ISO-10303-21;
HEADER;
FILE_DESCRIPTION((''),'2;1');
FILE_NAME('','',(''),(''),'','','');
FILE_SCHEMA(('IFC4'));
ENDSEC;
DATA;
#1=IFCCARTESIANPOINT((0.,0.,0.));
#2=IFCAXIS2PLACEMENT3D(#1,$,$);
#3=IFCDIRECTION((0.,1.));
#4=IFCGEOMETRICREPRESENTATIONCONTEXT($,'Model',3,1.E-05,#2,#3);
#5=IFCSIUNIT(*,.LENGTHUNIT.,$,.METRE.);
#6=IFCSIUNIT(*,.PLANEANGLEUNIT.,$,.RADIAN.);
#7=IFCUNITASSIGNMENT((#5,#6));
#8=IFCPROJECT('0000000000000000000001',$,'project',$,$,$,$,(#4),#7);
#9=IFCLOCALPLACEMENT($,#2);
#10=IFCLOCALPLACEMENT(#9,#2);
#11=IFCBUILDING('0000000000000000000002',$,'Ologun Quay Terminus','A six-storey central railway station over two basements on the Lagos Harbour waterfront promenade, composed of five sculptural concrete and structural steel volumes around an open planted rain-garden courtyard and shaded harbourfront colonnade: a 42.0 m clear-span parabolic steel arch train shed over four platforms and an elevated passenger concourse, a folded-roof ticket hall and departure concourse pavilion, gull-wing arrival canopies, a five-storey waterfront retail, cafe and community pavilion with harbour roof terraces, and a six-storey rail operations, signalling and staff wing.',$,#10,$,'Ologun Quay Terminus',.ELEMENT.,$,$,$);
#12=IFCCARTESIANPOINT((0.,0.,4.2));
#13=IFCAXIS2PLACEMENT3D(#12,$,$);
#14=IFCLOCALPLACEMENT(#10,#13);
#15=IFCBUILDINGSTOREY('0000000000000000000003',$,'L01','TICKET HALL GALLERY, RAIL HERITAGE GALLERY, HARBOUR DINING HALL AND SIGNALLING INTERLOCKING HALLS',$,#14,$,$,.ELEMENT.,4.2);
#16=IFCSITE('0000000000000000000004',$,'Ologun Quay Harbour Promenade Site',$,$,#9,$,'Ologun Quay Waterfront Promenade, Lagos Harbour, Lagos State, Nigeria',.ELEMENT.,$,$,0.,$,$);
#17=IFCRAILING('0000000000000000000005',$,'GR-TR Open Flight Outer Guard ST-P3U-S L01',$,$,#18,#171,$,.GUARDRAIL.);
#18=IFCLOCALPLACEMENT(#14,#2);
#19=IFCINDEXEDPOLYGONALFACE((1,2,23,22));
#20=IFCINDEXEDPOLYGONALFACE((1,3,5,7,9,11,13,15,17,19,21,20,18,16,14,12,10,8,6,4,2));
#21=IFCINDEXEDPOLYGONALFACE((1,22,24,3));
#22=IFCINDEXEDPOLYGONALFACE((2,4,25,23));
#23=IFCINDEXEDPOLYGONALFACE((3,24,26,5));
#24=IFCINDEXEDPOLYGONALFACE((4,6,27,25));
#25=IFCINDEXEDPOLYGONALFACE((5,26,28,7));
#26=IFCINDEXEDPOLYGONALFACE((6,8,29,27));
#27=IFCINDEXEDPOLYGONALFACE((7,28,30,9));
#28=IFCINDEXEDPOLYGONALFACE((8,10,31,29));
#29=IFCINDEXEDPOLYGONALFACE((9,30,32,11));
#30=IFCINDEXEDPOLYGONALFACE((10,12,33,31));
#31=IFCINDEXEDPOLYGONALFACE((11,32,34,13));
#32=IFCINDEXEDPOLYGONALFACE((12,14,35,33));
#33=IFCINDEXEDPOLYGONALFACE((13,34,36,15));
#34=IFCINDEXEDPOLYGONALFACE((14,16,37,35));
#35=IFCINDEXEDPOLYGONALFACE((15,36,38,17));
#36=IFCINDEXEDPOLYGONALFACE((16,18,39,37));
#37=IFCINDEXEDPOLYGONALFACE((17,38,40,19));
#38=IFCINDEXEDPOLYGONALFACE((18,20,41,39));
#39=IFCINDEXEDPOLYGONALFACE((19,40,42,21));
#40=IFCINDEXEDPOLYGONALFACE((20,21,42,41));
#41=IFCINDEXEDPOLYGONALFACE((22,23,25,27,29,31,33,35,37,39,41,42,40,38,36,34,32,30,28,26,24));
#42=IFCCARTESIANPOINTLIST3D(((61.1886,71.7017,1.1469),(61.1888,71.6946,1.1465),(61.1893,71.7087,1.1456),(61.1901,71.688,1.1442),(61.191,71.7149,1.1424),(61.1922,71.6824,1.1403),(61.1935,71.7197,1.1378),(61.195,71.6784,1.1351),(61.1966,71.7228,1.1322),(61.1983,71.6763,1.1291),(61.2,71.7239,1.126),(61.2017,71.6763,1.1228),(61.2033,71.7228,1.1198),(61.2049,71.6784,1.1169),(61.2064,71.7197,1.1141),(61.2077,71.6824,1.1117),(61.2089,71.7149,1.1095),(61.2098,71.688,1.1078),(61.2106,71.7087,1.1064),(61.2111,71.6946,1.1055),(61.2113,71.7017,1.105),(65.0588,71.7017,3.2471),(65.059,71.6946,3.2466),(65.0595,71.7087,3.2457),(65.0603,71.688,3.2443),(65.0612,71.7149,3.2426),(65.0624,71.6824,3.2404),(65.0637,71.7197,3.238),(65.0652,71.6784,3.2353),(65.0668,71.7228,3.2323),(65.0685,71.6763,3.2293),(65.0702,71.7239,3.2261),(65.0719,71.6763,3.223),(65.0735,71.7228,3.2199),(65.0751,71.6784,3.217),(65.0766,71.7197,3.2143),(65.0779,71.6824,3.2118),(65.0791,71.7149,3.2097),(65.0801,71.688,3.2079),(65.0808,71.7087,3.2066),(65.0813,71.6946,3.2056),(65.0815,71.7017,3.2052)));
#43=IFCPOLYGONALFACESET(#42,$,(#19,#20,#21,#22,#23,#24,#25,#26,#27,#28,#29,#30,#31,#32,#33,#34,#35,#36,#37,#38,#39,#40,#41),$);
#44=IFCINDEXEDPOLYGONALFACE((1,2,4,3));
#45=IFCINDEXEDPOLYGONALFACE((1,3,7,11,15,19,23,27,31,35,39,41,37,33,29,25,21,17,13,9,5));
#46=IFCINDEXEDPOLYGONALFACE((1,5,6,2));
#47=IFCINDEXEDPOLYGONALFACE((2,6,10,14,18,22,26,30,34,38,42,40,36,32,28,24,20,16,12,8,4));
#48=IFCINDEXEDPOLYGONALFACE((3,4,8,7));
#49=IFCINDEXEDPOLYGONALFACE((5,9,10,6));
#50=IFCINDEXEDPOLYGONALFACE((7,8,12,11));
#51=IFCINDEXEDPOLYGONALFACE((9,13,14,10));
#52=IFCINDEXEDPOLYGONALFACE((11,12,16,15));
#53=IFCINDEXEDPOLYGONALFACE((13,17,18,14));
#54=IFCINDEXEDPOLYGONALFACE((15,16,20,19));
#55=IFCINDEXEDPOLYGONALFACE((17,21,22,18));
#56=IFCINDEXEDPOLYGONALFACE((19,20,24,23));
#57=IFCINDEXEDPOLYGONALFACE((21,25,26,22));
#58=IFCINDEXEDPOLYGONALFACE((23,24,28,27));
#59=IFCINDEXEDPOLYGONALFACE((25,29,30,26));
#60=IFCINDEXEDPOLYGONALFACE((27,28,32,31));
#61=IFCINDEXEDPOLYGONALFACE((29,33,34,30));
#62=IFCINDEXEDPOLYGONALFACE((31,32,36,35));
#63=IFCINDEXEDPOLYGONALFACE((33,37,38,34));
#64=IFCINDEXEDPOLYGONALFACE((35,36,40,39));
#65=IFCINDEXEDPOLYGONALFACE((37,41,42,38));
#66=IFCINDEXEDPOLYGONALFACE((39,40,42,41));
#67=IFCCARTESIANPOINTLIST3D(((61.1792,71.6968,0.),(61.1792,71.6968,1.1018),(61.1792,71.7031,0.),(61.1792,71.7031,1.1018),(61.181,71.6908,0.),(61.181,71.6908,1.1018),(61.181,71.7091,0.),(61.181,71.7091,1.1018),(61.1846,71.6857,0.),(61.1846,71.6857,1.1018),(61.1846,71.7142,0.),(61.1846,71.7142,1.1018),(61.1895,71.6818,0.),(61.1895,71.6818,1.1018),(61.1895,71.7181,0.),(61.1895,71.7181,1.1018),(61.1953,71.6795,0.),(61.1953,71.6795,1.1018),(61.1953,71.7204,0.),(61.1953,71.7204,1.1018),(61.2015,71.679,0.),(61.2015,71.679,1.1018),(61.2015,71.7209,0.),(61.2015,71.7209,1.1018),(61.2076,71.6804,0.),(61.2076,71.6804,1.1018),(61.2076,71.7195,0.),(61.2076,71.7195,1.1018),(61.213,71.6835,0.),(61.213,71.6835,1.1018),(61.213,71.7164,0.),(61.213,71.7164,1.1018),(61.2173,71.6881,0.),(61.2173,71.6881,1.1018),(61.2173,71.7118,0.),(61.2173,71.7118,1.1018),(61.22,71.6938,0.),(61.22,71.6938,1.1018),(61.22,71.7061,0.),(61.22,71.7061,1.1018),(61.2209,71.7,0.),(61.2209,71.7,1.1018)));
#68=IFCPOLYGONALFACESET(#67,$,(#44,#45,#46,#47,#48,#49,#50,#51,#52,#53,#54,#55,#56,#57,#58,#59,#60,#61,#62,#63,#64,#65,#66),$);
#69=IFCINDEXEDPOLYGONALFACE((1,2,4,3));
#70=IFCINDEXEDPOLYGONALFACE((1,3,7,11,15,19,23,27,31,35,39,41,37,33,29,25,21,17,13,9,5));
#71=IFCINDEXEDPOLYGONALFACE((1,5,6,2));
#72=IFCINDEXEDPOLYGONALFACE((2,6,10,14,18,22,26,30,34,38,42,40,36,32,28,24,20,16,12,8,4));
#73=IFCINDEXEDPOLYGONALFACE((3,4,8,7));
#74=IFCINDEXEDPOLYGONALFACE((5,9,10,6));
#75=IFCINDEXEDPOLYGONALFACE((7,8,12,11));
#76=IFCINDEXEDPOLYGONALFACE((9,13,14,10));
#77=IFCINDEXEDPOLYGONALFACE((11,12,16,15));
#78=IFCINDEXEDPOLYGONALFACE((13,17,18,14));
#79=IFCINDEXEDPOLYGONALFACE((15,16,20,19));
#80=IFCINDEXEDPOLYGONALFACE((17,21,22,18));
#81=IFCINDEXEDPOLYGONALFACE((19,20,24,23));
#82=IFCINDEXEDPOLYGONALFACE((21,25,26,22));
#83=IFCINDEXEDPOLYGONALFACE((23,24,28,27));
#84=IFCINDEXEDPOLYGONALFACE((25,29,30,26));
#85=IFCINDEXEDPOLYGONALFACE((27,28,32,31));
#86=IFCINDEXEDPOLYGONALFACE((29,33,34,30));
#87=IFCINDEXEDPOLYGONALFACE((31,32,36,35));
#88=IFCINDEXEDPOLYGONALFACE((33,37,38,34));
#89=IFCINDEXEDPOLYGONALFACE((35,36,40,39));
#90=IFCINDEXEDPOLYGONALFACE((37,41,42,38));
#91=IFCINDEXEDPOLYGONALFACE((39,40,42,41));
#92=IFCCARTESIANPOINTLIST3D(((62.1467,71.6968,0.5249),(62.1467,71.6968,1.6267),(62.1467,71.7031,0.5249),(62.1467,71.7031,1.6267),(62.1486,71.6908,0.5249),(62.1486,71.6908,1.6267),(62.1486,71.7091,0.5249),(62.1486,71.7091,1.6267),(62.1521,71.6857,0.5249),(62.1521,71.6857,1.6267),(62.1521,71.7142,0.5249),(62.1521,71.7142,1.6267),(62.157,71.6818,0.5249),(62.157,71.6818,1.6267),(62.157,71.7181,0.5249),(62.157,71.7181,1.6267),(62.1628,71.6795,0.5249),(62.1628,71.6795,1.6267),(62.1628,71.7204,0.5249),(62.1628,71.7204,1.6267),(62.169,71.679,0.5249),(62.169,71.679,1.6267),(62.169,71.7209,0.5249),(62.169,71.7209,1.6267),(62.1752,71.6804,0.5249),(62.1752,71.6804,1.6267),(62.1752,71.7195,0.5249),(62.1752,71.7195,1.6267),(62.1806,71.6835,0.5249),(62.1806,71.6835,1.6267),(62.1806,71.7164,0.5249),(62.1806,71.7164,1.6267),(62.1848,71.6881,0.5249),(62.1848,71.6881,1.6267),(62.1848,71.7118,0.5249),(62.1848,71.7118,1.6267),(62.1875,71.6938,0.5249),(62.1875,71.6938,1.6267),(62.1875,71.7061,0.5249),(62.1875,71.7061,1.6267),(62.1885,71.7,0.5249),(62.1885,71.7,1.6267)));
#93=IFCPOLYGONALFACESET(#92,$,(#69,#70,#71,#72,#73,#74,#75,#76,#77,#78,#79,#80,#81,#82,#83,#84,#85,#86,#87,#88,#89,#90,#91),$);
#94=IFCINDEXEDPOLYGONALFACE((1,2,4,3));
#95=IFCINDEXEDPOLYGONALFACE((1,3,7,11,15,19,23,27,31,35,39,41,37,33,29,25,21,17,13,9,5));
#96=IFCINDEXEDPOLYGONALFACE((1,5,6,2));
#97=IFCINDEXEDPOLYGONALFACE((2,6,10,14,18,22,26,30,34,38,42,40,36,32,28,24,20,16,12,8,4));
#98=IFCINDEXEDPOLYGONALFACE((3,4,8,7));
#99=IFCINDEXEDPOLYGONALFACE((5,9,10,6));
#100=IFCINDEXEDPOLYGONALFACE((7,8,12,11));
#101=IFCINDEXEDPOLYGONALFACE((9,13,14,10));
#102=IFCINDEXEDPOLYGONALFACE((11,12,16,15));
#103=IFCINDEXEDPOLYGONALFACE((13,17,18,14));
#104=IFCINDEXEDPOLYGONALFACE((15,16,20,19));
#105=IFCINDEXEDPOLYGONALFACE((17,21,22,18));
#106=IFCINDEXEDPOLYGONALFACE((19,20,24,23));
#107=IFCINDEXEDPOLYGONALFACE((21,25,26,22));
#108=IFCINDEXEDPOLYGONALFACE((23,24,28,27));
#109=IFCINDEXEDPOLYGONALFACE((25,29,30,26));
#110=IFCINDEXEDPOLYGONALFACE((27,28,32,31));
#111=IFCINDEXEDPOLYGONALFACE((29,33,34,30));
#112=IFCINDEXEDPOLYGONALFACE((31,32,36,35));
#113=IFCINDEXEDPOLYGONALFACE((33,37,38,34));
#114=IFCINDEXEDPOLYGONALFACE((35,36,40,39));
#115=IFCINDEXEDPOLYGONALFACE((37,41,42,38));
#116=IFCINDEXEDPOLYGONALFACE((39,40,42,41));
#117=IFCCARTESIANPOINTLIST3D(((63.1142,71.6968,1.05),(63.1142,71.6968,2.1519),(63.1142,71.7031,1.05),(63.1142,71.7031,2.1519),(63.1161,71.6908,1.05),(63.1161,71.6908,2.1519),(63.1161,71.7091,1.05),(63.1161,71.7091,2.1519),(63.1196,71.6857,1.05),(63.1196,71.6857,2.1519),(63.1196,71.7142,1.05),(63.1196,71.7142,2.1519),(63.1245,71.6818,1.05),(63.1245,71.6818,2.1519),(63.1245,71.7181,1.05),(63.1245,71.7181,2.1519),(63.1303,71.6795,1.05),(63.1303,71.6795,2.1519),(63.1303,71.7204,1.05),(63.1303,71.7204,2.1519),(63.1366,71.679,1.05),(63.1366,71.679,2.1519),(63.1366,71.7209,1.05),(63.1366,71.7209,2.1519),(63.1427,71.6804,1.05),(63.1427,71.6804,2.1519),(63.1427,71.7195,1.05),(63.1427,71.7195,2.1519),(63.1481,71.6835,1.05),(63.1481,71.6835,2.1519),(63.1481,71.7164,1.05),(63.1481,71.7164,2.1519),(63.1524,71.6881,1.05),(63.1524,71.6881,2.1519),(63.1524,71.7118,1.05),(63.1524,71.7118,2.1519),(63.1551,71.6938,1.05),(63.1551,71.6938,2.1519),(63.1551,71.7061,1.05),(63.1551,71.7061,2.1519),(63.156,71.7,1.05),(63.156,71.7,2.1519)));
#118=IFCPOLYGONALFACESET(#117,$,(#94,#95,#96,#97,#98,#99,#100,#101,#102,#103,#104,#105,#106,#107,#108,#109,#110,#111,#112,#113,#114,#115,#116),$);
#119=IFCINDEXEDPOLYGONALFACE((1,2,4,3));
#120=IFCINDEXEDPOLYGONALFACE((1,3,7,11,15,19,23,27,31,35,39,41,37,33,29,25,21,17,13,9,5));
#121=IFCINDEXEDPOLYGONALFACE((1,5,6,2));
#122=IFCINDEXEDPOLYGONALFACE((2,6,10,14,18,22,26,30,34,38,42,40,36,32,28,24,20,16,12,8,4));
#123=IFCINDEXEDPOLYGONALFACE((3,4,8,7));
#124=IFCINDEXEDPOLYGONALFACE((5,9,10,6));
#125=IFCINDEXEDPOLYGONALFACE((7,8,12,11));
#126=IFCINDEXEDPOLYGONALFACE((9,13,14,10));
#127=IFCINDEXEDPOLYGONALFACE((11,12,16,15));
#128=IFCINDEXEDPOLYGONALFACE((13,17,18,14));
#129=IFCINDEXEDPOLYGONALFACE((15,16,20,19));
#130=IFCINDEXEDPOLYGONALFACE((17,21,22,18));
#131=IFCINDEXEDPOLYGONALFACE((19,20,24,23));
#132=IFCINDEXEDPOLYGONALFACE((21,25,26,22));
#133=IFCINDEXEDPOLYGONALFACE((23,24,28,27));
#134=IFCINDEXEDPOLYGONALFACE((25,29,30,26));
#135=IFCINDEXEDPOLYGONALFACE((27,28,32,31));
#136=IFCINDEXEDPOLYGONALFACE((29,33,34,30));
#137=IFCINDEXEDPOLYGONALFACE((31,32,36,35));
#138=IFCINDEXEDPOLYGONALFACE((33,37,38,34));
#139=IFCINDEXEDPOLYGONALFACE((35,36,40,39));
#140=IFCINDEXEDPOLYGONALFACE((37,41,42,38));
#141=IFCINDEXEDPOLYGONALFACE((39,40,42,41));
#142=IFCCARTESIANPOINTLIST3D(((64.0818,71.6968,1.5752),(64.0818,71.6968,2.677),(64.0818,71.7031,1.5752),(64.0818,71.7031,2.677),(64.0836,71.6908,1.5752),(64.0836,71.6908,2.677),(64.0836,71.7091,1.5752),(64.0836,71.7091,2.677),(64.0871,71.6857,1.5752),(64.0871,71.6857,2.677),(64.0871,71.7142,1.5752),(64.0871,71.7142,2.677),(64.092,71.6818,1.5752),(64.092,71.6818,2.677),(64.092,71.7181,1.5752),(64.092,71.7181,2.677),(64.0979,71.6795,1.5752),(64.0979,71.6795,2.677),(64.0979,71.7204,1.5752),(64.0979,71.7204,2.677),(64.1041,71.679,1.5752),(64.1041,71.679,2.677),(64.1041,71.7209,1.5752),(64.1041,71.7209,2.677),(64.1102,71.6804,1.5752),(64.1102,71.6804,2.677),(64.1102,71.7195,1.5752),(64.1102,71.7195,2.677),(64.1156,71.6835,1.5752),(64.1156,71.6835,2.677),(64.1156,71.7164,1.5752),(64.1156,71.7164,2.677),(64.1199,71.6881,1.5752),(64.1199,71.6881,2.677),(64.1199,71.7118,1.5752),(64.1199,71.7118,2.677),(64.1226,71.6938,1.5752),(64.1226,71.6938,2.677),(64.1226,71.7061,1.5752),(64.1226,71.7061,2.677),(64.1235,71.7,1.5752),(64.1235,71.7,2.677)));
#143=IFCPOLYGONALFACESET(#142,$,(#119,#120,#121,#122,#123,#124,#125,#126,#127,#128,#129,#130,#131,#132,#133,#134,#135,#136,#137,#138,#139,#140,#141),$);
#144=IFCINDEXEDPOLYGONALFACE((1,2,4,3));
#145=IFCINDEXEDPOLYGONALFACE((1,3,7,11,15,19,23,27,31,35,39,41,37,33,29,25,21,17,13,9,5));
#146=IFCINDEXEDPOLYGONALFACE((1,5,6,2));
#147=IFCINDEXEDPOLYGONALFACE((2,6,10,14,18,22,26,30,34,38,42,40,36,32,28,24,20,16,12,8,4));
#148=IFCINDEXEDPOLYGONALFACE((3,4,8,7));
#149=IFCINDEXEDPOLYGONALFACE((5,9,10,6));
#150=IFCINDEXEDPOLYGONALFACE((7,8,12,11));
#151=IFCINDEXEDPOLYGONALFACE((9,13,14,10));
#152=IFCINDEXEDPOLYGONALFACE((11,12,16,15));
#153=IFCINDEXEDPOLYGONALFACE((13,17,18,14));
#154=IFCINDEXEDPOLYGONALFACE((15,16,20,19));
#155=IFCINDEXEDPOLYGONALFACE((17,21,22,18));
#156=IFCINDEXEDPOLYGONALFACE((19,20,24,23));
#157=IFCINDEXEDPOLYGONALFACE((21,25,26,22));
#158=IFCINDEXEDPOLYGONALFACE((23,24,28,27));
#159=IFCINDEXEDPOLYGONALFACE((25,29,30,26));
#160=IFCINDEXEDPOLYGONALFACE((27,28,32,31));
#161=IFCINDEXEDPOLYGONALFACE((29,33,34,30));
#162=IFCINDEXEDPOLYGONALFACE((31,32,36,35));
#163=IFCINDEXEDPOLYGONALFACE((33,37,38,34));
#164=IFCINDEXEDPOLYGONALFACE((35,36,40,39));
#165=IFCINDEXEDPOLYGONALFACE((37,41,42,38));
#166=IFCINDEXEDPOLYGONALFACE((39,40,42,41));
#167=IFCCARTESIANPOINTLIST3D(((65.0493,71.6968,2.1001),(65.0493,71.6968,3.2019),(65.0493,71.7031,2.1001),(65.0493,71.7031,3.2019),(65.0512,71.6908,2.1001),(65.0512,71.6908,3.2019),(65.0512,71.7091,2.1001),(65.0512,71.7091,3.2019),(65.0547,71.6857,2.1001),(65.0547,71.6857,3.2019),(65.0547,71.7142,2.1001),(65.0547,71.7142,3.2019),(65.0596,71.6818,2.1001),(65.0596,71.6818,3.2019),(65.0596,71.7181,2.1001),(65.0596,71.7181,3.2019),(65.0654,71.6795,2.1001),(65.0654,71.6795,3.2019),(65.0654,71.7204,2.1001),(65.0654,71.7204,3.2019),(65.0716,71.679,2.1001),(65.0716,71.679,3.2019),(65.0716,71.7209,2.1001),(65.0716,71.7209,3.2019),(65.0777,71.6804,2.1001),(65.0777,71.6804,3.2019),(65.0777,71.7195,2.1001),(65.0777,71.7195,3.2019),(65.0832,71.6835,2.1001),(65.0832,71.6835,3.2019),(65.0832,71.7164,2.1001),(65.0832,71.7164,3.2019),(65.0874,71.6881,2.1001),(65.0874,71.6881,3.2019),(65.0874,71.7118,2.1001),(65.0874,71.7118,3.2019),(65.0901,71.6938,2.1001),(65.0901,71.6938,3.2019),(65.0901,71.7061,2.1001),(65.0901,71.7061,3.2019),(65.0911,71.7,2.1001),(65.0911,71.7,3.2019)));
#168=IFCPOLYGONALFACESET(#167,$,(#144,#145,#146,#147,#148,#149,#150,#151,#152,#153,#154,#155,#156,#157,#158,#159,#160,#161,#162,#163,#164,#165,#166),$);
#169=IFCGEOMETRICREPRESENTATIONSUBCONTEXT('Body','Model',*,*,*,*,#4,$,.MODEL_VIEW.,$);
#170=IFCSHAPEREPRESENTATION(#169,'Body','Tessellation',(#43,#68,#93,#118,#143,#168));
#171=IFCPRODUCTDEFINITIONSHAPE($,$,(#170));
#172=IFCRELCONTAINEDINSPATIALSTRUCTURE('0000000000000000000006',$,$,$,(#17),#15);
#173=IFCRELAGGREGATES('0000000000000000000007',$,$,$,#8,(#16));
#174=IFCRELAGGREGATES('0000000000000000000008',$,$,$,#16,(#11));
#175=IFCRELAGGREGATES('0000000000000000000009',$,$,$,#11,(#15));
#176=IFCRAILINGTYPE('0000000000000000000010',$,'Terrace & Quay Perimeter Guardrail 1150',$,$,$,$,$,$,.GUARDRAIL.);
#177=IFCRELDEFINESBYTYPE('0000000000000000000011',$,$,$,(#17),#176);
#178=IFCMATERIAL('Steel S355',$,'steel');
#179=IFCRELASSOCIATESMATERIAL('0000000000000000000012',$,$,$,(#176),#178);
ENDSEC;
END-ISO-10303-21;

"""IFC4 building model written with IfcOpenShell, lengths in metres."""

from ifc_helpers import new_model, si_unit, direction, frame, origin, origin_2d, place, context, subcontext, project, spatial, circle, extrude, material, type_object, element, save


model = new_model("IFC4")

# Units and contexts
model_context = context("Model", 3, precision=1e-05, world=origin(), true_north=direction((0.0, 1.0)))
body_context = subcontext(model_context, "Body", "Model", "MODEL_VIEW")
ifc_project = project(units=[si_unit("LENGTHUNIT", "METRE"), si_unit("PLANEANGLEUNIT", "RADIAN")], contexts=[model_context])

# Site, building, storey
site_placement = place(None, origin())
site = spatial("IfcSite", under=ifc_project, at=site_placement, Name="Ologun Quay Harbour Promenade Site", LongName="Ologun Quay Waterfront Promenade, Lagos Harbour, Lagos State, Nigeria", CompositionType="ELEMENT", RefElevation=0.0)
building_placement = place(site_placement, origin())
building = spatial("IfcBuilding", under=site, at=building_placement, Name="Ologun Quay Terminus", Description="A six-storey central railway station over two basements on the Lagos Harbour waterfront promenade, composed of five sculptural concrete and structural steel volumes around an open planted rain-garden courtyard and shaded harbourfront colonnade: a 42.0 m clear-span parabolic steel arch train shed over four platforms and an elevated passenger concourse, a folded-roof ticket hall and departure concourse pavilion, gull-wing arrival canopies, a five-storey waterfront retail, cafe and community pavilion with harbour roof terraces, and a six-storey rail operations, signalling and staff wing.", LongName="Ologun Quay Terminus", CompositionType="ELEMENT")
storey_placement = place(building_placement, frame((0.0, 0.0, 4.2)))
storey = spatial("IfcBuildingStorey", under=building, at=storey_placement, Name="L01", Description="TICKET HALL GALLERY, RAIL HERITAGE GALLERY, HARBOUR DINING HALL AND SIGNALLING INTERLOCKING HALLS", CompositionType="ELEMENT", Elevation=4.2)

# Railing
ifc_material_1 = material(Name="Steel S355", Category="steel")
railing_type_1 = type_object("IfcRailingType", Name="Terrace & Quay Perimeter Guardrail 1150", PredefinedType="GUARDRAIL", material=ifc_material_1)
railing_1_placement = place(storey_placement, frame((61.2, 71.7, 0.0)))
element("IfcRailing", 1, at=railing_1_placement, inside=storey, type_object=railing_type_1, Name="GR-TR Open Flight Outer Guard ST-P3U-S L01", PredefinedType="GUARDRAIL", context=body_context, shape_type="SweptSolid", body=[
    extrude(circle(Radius=0.0239, at=origin_2d()), frame((0.0, 0.0, 1.126), z_axis=(0.878932, 0.0, 0.476947), x_axis=(0.0, 1.0, 0.0)), (0.0, 0.0, 1.0), 4.4033),
    extrude(circle(Radius=0.021, at=origin_2d()), origin(), (0.0, 0.0, 1.0), 1.1018),
    extrude(circle(Radius=0.021, at=origin_2d()), frame((0.9675, 0.0, 0.5249)), (0.0, 0.0, 1.0), 1.1018),
    extrude(circle(Radius=0.021, at=origin_2d()), frame((1.9351, 0.0, 1.05)), (0.0, 0.0, 1.0), 1.1018),
    extrude(circle(Radius=0.021, at=origin_2d()), frame((2.9026, 0.0, 1.5752)), (0.0, 0.0, 1.0), 1.1018),
    extrude(circle(Radius=0.021, at=origin_2d()), frame((3.8701, 0.0, 2.1001)), (0.0, 0.0, 1.0), 1.1018),
])

save(model, "model.ifc")
